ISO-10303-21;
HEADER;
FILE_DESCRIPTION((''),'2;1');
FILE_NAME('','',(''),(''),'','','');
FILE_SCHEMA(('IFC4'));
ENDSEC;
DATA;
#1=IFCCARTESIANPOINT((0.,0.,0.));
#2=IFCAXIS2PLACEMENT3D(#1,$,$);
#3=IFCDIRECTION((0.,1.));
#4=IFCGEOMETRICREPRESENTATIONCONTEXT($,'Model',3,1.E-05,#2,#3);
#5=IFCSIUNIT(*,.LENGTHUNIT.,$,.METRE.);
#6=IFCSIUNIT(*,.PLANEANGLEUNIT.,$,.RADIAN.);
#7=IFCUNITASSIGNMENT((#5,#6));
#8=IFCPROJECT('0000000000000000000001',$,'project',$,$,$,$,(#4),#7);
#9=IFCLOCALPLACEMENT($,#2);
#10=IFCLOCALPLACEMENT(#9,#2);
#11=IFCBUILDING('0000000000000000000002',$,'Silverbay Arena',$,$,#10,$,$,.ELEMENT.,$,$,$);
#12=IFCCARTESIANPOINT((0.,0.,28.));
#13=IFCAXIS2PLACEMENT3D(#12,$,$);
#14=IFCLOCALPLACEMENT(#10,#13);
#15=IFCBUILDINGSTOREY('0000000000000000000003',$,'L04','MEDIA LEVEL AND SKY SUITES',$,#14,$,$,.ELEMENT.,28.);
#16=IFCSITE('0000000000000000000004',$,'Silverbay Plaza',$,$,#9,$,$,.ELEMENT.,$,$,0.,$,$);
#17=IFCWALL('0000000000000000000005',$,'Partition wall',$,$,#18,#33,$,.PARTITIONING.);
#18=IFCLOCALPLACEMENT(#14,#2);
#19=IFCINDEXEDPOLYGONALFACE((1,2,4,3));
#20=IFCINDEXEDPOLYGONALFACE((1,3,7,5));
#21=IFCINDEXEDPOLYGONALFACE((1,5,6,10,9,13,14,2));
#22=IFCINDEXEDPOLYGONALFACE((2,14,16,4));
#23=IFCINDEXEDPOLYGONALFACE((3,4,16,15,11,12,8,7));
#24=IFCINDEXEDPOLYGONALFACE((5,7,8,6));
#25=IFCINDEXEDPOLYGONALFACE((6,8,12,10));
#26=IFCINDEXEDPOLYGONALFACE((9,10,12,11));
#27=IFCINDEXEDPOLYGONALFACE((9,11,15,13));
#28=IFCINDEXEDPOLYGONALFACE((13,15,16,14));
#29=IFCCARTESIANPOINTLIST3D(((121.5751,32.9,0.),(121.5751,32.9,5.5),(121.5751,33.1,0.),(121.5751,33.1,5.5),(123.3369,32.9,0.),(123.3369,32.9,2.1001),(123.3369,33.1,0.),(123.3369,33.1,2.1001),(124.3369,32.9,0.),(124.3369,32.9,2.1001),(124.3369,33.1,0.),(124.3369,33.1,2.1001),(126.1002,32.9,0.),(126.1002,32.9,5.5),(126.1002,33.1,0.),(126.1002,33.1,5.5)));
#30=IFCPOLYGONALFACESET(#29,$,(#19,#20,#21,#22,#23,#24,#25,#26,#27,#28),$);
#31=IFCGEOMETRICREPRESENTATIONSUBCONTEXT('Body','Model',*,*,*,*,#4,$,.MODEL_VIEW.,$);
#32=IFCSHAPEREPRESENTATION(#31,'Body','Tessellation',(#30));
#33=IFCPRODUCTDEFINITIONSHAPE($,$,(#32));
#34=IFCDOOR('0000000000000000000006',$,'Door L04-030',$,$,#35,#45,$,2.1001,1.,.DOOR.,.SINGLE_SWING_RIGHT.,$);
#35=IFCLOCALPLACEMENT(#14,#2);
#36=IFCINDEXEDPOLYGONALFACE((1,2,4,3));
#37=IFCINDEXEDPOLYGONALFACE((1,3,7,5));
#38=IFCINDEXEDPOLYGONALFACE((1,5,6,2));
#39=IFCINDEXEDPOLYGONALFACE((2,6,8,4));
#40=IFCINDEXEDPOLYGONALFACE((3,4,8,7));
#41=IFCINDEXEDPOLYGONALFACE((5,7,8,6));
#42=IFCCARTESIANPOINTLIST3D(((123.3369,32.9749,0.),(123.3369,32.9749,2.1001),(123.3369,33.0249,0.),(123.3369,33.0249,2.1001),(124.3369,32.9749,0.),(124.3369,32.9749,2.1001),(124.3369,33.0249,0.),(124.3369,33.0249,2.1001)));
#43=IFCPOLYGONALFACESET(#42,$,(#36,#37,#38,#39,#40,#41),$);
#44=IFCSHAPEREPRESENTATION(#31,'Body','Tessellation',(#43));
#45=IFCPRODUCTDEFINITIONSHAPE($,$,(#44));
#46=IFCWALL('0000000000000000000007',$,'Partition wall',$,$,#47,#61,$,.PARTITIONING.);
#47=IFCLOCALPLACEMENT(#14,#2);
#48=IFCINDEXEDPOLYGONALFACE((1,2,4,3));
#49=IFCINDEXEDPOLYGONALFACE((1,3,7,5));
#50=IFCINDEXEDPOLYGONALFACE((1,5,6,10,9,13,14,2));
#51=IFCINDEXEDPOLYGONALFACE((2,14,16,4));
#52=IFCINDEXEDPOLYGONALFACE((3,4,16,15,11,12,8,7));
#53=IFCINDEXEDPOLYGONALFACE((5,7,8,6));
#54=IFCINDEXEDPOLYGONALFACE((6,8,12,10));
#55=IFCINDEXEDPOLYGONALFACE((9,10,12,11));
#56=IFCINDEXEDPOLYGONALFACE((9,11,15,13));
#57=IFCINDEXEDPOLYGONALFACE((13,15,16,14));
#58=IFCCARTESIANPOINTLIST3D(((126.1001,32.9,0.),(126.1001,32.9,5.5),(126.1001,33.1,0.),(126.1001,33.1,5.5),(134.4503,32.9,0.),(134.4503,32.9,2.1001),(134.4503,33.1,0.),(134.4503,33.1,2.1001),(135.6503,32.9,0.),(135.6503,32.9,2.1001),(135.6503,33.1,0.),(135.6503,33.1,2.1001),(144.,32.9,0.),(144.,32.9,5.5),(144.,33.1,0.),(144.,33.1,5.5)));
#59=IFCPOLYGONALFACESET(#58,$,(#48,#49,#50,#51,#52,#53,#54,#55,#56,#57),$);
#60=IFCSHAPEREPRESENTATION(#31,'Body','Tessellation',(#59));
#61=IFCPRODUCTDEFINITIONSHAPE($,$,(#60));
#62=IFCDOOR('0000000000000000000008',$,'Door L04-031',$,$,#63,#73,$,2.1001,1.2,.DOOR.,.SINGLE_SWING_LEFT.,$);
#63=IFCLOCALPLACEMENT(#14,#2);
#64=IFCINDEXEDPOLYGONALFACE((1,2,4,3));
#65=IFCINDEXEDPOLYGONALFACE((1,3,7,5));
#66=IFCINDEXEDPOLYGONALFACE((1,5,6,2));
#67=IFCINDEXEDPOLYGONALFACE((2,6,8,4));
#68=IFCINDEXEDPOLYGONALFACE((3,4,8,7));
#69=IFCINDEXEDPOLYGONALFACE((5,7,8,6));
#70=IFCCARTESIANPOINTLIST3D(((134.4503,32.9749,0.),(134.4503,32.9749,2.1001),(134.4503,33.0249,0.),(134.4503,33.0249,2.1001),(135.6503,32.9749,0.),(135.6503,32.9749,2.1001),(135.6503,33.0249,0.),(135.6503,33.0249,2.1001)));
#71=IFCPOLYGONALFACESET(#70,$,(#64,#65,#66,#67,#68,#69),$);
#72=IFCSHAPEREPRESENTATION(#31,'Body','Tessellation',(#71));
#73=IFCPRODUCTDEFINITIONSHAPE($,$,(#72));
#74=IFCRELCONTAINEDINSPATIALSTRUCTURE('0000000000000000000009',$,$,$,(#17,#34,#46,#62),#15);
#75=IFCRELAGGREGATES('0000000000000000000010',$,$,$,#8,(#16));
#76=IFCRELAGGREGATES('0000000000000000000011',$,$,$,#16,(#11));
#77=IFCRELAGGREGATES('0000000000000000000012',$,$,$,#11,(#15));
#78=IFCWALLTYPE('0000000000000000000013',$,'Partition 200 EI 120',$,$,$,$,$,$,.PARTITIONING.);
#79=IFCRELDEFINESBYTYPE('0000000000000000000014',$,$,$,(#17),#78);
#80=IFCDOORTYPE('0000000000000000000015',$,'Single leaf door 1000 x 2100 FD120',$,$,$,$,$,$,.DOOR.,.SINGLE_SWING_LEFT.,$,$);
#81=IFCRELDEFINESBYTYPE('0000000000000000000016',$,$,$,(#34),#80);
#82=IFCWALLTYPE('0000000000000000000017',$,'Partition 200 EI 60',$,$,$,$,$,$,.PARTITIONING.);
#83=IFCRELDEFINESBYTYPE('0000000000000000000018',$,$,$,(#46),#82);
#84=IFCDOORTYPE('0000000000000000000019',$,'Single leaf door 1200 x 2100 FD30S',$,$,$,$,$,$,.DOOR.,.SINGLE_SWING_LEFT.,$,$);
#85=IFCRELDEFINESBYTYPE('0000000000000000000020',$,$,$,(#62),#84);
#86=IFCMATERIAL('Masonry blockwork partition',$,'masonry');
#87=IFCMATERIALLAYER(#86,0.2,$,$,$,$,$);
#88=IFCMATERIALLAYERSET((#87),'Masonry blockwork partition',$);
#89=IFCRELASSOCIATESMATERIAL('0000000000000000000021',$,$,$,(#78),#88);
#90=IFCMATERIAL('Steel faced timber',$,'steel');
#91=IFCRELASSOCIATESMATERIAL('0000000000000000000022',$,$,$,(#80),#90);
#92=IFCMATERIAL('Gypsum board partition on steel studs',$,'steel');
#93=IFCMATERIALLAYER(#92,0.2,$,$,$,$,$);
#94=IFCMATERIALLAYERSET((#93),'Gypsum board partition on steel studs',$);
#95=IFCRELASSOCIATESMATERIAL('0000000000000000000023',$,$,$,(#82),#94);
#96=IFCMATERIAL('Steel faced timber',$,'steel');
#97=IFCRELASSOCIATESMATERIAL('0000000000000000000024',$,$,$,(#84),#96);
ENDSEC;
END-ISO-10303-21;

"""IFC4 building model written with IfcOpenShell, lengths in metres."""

from ifc_helpers import new_model, si_unit, direction, frame, frame_2d, origin, place, context, subcontext, project, spatial, rectangle, extrude, material, layer, layer_set, type_object, element, fill, save


model = new_model("IFC4")

# Units and contexts
model_context = context("Model", 3, precision=1e-05, world=origin(), true_north=direction((0.0, 1.0)))
body_context = subcontext(model_context, "Body", "Model", "MODEL_VIEW")
ifc_project = project(units=[si_unit("LENGTHUNIT", "METRE"), si_unit("PLANEANGLEUNIT", "RADIAN")], contexts=[model_context])

# Site, building, storey
site_placement = place(None, origin())
site = spatial("IfcSite", under=ifc_project, at=site_placement, Name="Silverbay Plaza", CompositionType="ELEMENT", RefElevation=0.0)
building_placement = place(site_placement, origin())
building = spatial("IfcBuilding", under=site, at=building_placement, Name="Silverbay Arena", CompositionType="ELEMENT")
storey_placement = place(building_placement, frame((0.0, 0.0, 28.0)))
storey = spatial("IfcBuildingStorey", under=building, at=storey_placement, Name="L04", Description="MEDIA LEVEL AND SKY SUITES", CompositionType="ELEMENT", Elevation=28.0)

# Shared definitions
ifc_material_1 = material(Name="Masonry blockwork partition", Category="masonry")
ifc_layer_1 = layer(ifc_material_1, 0.2)
ifc_layer_set_1 = layer_set([ifc_layer_1], Name="Masonry blockwork partition")
wall_type_1 = type_object("IfcWallType", Name="Partition 200 EI 120", PredefinedType="PARTITIONING", material=ifc_layer_set_1)

# Walls, openings, doors
ifc_material_2 = material(Name="Steel faced timber", Category="steel")
door_type_1 = type_object("IfcDoorType", Name="Single leaf door 1000 x 2100 FD120", OperationType="SINGLE_SWING_LEFT", PredefinedType="DOOR", material=ifc_material_2)
wall_1_placement = place(storey_placement, frame((121.575, 33.0, 0.0), z_axis=(0.0, 0.0, 1.0), x_axis=(1.0, 0.0, 0.0)))
wall_1 = element("IfcWall", 1, at=wall_1_placement, inside=storey, type_object=wall_type_1, Name="Partition wall", PredefinedType="PARTITIONING", context=body_context, shape_type="SweptSolid", body=[
    extrude(rectangle(XDim=4.5251, YDim=0.2, at=frame_2d((2.2627, 0.0))), origin(), (0.0, 0.0, 1.0), 5.5),
])
opening_1_placement = place(wall_1_placement, frame((1.762, 0.0, 0.0)))
opening_1 = element("IfcOpeningElement", 2, at=opening_1_placement, cuts=wall_1, PredefinedType="OPENING", context=body_context, shape_type="SweptSolid", body=[
    extrude(rectangle(XDim=1.0, YDim=2.1001, at=frame_2d((0.5, 1.05))), frame((0.0, 0.1099, 0.0), z_axis=(0.0, -1.0, 0.0), x_axis=(1.0, 0.0, 0.0)), (0.0, 0.0, 1.0), 0.22),
])
door_1_placement = place(opening_1_placement, origin())
door_1 = element("IfcDoor", 3, at=door_1_placement, inside=storey, type_object=door_type_1, Name="Door L04-030", OperationType="SINGLE_SWING_RIGHT", OverallHeight=2.1001, OverallWidth=1.0, PredefinedType="DOOR", context=body_context, shape_type="SweptSolid", body=[
    extrude(rectangle(XDim=1.0, YDim=2.1001, at=frame_2d((0.5, 1.05))), frame((0.0, 0.0249, 0.0), z_axis=(0.0, -1.0, 0.0), x_axis=(1.0, 0.0, 0.0)), (0.0, 0.0, 1.0), 0.05),
])
fill(opening_1, door_1)
ifc_material_3 = material(Name="Gypsum board partition on steel studs", Category="steel")
ifc_layer_2 = layer(ifc_material_3, 0.2)
ifc_layer_set_2 = layer_set([ifc_layer_2], Name="Gypsum board partition on steel studs")
wall_type_2 = type_object("IfcWallType", Name="Partition 200 EI 60", PredefinedType="PARTITIONING", material=ifc_layer_set_2)
wall_2_placement = place(storey_placement, frame((126.1001, 33.0, 0.0), z_axis=(0.0, 0.0, 1.0), x_axis=(1.0, 0.0, 0.0)))
wall_2 = element("IfcWall", 4, at=wall_2_placement, inside=storey, type_object=wall_type_2, Name="Partition wall", PredefinedType="PARTITIONING", context=body_context, shape_type="SweptSolid", body=[
    extrude(rectangle(XDim=17.8999, YDim=0.2, at=frame_2d((8.95, 0.0))), origin(), (0.0, 0.0, 1.0), 5.5),
])
opening_2_placement = place(wall_2_placement, frame((8.3501, 0.0, 0.0)))
opening_2 = element("IfcOpeningElement", 5, at=opening_2_placement, cuts=wall_2, PredefinedType="OPENING", context=body_context, shape_type="SweptSolid", body=[
    extrude(rectangle(XDim=1.2, YDim=2.1001, at=frame_2d((0.6001, 1.05))), frame((0.0, 0.1099, 0.0), z_axis=(0.0, -1.0, 0.0), x_axis=(1.0, 0.0, 0.0)), (0.0, 0.0, 1.0), 0.22),
])
ifc_material_4 = material(Name="Steel faced timber", Category="steel")
door_type_2 = type_object("IfcDoorType", Name="Single leaf door 1200 x 2100 FD30S", OperationType="SINGLE_SWING_LEFT", PredefinedType="DOOR", material=ifc_material_4)
door_2_placement = place(opening_2_placement, origin())
door_2 = element("IfcDoor", 6, at=door_2_placement, inside=storey, type_object=door_type_2, Name="Door L04-031", OperationType="SINGLE_SWING_LEFT", OverallHeight=2.1001, OverallWidth=1.2, PredefinedType="DOOR", context=body_context, shape_type="SweptSolid", body=[
    extrude(rectangle(XDim=1.2, YDim=2.1001, at=frame_2d((0.6001, 1.05))), frame((0.0, 0.0249, 0.0), z_axis=(0.0, -1.0, 0.0), x_axis=(1.0, 0.0, 0.0)), (0.0, 0.0, 1.0), 0.05),
])
fill(opening_2, door_2)

save(model, "model.ifc")
